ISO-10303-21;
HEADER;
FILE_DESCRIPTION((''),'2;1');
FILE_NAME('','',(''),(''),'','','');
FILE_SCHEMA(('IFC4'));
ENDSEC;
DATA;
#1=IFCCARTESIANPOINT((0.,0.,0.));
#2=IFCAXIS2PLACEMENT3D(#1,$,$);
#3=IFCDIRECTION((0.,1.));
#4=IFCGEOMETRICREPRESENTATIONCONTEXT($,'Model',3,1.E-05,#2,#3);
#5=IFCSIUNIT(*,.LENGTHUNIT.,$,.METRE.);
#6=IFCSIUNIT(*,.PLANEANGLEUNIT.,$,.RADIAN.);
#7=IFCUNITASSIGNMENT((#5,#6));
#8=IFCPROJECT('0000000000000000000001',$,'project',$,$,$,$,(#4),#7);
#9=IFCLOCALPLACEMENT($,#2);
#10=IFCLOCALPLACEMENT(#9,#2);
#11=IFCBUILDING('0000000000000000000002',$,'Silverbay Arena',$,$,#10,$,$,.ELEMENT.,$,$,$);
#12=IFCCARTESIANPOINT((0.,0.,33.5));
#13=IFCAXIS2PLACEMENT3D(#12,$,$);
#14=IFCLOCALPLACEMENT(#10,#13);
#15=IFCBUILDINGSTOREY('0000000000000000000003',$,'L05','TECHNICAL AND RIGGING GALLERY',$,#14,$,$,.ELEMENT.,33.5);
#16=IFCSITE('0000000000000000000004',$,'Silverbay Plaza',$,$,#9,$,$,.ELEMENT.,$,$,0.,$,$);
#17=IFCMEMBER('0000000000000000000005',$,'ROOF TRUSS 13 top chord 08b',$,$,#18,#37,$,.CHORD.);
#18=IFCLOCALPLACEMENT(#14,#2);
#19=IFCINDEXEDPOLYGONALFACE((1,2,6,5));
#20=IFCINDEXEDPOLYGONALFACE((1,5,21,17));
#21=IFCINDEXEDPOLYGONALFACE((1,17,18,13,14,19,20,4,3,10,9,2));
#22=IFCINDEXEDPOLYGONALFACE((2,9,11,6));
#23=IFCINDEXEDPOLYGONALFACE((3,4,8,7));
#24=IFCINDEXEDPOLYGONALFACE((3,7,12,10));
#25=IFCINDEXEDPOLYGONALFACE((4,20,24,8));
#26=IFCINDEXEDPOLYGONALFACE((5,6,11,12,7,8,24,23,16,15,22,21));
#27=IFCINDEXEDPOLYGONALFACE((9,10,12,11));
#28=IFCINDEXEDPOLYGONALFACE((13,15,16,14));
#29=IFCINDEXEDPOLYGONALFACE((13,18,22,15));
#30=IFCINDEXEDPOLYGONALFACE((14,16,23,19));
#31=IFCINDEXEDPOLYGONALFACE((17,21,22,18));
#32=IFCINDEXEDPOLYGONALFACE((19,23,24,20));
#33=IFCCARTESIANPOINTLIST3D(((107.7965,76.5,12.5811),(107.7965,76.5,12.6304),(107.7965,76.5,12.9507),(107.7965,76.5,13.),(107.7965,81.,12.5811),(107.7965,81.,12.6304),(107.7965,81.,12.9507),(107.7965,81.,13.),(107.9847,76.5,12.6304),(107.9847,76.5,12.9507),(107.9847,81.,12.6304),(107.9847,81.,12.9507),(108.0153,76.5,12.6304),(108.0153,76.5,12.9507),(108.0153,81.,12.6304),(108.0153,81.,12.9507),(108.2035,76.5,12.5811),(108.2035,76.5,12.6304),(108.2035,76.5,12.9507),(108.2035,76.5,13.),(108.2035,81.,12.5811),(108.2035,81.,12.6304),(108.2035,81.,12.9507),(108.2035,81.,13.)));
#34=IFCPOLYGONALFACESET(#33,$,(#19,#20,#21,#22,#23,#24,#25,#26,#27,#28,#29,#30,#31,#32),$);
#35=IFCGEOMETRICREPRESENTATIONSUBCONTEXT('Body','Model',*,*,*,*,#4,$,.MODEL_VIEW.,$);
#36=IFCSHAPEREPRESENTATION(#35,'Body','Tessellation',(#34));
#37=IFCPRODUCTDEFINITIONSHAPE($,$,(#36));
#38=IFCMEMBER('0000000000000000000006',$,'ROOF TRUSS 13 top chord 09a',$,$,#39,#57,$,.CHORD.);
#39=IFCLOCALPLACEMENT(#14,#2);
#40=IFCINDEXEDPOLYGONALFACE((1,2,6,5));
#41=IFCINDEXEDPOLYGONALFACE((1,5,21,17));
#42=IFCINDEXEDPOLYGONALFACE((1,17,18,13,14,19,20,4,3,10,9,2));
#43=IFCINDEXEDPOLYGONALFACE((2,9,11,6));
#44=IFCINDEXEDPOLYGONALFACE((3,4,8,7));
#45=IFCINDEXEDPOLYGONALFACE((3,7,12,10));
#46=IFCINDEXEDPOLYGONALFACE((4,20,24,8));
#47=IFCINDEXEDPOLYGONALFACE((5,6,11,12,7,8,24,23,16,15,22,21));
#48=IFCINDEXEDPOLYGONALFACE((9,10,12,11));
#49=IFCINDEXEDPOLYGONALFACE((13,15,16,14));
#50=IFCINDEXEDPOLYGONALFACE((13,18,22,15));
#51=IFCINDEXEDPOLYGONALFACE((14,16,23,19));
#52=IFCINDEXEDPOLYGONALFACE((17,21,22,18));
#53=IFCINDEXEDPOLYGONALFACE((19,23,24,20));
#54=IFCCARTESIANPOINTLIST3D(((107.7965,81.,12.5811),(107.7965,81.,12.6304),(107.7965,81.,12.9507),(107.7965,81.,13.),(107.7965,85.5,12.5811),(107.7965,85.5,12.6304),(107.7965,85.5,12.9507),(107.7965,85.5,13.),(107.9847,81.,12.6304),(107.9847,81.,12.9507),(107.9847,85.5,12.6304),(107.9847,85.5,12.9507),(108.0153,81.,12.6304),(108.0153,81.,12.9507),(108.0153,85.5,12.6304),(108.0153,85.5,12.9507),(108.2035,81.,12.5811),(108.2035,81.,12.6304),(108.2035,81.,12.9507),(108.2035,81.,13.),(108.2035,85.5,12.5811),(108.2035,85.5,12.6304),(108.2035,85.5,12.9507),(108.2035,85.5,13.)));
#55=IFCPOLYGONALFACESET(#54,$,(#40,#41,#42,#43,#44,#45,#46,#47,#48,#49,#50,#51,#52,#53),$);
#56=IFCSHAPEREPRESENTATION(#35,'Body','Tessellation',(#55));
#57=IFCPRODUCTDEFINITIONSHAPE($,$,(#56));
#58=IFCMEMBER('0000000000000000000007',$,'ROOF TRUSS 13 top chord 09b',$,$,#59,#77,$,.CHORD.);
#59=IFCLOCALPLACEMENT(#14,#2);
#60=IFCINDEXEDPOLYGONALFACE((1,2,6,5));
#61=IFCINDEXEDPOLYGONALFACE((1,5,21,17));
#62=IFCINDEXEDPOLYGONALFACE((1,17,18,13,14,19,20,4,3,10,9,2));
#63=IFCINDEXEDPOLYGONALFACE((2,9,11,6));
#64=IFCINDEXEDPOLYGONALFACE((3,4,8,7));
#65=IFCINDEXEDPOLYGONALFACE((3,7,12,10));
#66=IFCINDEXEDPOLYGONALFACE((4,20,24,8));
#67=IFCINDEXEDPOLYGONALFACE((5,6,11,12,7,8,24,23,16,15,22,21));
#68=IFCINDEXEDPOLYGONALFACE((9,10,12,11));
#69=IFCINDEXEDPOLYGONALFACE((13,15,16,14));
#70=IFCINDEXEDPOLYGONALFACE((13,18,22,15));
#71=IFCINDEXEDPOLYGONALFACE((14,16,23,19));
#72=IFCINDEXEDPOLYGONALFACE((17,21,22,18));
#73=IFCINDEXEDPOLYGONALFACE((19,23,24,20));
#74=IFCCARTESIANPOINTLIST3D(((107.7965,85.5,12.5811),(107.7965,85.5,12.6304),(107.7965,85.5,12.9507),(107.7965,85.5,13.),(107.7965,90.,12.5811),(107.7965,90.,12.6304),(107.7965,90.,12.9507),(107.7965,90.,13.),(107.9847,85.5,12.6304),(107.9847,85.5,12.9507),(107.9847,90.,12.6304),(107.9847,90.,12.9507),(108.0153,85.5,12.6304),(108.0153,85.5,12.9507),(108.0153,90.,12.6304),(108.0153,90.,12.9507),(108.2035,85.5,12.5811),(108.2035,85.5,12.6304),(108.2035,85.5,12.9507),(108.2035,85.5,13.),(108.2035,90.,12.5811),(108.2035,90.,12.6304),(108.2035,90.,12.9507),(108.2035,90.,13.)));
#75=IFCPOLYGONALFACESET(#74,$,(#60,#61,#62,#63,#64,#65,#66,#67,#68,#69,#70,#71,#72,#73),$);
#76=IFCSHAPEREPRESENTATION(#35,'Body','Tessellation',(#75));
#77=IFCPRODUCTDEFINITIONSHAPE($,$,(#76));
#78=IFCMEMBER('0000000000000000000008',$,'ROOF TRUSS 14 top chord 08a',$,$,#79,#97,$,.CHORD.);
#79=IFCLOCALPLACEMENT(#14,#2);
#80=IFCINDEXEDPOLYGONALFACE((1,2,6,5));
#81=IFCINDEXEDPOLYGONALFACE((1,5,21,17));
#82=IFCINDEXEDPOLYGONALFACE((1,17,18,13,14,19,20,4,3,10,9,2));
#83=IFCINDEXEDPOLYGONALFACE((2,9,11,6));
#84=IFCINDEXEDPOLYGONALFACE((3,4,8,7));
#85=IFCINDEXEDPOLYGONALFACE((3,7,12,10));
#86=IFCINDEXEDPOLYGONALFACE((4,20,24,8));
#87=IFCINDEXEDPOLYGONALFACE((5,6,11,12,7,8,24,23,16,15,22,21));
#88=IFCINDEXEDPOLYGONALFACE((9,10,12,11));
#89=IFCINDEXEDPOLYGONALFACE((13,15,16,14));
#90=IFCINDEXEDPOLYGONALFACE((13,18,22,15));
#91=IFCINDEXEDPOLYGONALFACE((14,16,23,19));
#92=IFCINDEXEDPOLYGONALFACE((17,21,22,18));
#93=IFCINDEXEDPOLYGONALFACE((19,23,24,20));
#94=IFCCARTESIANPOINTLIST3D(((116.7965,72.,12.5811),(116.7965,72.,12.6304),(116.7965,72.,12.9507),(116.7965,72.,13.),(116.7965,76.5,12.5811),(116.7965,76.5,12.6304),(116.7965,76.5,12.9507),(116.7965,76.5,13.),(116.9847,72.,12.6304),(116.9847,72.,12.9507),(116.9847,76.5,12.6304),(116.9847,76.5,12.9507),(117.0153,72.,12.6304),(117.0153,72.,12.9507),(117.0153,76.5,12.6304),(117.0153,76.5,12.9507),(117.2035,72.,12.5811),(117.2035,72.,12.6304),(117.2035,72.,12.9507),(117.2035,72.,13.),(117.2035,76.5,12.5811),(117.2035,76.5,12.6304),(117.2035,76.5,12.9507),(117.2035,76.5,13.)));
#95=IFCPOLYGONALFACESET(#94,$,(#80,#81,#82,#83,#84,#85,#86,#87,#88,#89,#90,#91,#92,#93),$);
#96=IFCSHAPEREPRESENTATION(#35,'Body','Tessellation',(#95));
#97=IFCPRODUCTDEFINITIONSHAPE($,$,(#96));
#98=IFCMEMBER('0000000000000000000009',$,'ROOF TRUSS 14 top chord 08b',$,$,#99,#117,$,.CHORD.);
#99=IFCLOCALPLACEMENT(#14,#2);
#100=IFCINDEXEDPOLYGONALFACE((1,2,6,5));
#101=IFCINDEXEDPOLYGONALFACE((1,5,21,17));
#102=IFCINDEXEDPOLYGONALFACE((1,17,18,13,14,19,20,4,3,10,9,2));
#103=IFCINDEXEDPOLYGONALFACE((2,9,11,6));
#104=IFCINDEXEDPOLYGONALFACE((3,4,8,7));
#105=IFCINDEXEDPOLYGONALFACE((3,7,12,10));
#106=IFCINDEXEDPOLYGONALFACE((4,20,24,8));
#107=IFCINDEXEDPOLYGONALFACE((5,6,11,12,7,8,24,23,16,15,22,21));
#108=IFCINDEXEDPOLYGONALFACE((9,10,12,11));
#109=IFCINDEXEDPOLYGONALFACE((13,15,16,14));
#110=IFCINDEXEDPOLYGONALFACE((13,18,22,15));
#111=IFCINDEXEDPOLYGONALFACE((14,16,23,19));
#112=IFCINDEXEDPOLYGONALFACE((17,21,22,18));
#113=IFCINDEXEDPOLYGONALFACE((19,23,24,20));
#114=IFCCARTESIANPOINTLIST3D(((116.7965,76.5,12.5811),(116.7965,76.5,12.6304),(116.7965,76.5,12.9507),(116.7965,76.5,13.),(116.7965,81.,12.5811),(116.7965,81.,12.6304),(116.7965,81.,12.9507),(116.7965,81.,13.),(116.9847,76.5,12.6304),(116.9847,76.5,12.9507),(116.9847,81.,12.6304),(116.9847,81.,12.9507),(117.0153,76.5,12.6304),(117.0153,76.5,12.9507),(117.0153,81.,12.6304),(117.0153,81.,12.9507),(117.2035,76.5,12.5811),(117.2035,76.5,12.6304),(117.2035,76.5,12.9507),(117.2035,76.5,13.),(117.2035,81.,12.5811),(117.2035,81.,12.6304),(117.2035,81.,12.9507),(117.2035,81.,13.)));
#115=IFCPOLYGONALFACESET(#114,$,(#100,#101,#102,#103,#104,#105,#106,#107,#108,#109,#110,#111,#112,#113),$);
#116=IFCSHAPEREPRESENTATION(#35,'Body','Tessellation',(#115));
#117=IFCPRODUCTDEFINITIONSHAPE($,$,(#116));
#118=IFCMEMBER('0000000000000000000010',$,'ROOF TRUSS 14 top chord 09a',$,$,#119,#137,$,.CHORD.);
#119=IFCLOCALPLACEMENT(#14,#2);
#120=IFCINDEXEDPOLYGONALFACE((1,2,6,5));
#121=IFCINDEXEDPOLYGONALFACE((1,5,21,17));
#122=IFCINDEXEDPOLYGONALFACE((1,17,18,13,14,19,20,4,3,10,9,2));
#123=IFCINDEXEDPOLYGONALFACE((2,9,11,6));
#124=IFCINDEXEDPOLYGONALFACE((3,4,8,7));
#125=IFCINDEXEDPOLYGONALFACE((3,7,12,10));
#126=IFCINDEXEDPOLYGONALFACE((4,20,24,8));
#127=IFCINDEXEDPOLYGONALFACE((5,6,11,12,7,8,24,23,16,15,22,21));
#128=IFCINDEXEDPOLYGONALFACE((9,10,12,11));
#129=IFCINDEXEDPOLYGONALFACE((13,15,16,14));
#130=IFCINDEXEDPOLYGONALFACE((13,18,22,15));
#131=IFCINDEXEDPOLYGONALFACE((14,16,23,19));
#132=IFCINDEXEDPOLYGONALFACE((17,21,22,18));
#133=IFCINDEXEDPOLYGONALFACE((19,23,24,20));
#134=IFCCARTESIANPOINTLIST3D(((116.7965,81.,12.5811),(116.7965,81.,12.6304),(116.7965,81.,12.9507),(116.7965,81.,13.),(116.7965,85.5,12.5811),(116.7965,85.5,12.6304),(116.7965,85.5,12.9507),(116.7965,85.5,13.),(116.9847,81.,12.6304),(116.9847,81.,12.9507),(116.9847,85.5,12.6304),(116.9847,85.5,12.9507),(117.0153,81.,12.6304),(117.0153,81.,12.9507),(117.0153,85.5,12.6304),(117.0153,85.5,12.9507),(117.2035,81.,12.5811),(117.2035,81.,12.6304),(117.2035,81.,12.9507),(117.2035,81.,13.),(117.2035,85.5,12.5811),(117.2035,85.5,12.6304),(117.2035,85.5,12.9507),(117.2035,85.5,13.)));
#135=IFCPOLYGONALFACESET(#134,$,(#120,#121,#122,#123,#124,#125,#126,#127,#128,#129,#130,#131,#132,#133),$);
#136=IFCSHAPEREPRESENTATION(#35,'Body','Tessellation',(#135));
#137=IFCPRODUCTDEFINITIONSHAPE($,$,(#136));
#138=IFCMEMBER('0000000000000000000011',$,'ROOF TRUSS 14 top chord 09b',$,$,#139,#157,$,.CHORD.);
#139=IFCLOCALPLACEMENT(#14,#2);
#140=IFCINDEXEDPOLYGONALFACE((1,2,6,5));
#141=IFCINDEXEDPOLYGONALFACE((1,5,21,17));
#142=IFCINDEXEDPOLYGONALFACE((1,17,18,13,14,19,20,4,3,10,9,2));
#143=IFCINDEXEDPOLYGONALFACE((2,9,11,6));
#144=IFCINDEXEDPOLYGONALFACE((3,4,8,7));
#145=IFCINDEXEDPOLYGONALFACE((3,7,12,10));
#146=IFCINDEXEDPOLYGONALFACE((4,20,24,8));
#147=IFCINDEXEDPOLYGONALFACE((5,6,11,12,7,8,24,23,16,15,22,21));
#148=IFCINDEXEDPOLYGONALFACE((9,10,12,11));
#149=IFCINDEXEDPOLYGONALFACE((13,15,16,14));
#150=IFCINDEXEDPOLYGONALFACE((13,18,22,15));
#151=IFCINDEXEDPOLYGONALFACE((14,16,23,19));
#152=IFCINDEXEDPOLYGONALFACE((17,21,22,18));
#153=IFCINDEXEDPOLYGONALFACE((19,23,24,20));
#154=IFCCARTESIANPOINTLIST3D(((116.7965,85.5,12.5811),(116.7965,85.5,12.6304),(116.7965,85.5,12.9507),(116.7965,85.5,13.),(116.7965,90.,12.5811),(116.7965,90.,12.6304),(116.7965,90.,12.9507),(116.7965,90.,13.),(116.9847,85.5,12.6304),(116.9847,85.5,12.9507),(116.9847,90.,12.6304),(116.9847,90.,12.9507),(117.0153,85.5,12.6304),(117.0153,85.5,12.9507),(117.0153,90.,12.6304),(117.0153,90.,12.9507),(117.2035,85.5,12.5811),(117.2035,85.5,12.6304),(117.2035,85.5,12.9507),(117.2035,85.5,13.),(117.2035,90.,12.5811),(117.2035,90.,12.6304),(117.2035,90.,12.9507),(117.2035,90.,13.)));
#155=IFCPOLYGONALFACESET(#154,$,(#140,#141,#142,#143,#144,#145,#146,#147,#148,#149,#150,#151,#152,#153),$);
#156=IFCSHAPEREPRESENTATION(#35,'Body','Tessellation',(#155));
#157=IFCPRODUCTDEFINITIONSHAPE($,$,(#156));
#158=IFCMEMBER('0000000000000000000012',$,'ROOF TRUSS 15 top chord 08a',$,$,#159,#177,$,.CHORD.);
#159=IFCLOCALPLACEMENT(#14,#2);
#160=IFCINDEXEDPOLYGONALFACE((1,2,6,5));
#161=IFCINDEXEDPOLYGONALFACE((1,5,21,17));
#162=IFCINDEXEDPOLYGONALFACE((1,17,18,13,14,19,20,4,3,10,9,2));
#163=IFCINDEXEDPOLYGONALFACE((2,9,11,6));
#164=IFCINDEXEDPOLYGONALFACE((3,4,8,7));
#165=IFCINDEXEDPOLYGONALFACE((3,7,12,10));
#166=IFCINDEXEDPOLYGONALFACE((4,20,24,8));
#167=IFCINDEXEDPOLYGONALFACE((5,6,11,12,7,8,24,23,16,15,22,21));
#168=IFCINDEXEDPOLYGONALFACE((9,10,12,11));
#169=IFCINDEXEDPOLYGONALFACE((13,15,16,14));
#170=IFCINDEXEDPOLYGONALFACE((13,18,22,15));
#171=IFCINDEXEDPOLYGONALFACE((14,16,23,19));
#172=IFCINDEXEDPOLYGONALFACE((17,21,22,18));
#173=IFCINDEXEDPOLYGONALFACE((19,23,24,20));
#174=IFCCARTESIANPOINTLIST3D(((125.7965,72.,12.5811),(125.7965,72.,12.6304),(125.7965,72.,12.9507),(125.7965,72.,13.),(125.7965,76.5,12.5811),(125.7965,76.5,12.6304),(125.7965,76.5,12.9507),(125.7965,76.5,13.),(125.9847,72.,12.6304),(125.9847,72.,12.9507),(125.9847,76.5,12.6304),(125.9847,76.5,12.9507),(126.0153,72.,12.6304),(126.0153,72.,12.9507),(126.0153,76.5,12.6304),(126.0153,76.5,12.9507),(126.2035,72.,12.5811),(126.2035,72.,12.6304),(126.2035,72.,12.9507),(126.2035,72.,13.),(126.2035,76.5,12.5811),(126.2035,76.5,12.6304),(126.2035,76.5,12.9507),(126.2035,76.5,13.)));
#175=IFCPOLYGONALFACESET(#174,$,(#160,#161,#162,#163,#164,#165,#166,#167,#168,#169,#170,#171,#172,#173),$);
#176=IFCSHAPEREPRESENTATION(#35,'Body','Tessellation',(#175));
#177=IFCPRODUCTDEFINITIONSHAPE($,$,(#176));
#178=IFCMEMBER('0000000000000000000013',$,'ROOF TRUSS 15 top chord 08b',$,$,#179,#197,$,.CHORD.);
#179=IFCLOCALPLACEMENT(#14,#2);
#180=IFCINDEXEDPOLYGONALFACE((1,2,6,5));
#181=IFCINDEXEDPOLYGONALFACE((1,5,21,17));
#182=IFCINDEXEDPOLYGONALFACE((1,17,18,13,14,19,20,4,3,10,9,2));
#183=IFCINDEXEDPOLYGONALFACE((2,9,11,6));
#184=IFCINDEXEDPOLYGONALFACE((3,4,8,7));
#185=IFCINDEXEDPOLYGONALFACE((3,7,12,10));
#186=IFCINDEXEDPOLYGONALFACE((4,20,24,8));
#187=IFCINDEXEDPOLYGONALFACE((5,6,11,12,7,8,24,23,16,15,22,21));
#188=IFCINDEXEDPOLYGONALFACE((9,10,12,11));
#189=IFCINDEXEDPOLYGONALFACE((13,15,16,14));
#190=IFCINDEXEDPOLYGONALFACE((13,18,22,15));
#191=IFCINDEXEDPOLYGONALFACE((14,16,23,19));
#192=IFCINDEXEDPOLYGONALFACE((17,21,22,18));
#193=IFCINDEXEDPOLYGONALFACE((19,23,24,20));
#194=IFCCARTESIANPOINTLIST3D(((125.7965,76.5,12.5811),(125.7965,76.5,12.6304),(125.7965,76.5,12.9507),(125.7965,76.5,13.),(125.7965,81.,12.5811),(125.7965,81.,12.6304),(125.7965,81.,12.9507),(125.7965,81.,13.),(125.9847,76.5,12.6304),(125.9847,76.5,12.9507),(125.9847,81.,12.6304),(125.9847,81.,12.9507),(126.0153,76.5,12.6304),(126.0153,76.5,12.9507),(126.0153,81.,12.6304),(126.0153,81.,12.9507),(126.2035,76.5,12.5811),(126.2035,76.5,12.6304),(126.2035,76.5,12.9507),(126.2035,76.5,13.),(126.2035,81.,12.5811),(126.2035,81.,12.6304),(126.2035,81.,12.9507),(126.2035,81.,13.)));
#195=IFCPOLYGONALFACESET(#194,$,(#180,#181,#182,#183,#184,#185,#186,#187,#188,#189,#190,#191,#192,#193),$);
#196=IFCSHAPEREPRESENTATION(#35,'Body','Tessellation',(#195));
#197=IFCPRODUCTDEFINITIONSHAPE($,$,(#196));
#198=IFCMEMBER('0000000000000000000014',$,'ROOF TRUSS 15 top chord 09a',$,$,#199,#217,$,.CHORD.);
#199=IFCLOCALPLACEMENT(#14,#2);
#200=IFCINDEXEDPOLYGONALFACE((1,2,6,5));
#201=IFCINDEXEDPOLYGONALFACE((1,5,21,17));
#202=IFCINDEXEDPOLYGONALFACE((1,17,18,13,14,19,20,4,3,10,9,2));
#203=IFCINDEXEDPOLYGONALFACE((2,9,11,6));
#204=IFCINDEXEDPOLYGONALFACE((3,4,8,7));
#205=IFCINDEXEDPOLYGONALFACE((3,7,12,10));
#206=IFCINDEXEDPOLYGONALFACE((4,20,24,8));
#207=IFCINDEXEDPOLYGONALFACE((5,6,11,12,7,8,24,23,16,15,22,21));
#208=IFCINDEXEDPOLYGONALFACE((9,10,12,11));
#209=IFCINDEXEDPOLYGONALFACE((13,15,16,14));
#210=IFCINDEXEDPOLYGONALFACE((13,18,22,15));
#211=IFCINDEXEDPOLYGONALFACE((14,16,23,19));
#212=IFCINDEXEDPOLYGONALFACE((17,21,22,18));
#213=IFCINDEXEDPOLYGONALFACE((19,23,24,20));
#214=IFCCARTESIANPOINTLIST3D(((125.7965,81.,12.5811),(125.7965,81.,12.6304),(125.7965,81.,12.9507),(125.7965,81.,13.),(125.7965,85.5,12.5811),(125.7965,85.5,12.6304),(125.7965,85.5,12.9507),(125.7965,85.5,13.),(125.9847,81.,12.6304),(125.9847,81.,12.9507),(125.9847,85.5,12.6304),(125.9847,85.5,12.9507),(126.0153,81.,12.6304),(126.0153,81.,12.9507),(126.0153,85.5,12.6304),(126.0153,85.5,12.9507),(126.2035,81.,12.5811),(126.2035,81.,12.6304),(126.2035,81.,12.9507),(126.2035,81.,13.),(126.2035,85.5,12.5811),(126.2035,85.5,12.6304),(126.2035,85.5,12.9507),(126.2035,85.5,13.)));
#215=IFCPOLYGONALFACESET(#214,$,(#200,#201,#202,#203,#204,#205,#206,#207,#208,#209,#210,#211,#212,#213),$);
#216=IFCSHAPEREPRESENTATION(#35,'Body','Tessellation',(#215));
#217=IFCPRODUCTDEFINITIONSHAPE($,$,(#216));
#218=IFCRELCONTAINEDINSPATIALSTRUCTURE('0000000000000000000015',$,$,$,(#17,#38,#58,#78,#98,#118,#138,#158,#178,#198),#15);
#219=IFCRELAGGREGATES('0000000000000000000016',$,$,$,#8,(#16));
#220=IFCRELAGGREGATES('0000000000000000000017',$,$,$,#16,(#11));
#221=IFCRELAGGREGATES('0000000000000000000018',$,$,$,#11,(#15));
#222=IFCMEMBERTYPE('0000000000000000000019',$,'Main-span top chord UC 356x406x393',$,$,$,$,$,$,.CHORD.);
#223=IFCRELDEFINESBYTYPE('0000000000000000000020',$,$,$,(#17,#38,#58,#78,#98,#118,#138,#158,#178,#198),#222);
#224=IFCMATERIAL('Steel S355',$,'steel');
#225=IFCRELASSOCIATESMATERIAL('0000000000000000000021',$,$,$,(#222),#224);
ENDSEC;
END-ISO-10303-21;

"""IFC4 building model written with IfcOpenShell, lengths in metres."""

from ifc_helpers import new_model, si_unit, direction, frame, origin, origin_2d, place, context, subcontext, project, spatial, i_section, extrude, material, material_profile, profile_set, type_object, element, save


model = new_model("IFC4")

# Units and contexts
model_context = context("Model", 3, precision=1e-05, world=origin(), true_north=direction((0.0, 1.0)))
body_context = subcontext(model_context, "Body", "Model", "MODEL_VIEW")
ifc_project = project(units=[si_unit("LENGTHUNIT", "METRE"), si_unit("PLANEANGLEUNIT", "RADIAN")], contexts=[model_context])

# Site, building, storey
site_placement = place(None, origin())
site = spatial("IfcSite", under=ifc_project, at=site_placement, Name="Silverbay Plaza", CompositionType="ELEMENT", RefElevation=0.0)
building_placement = place(site_placement, origin())
building = spatial("IfcBuilding", under=site, at=building_placement, Name="Silverbay Arena", CompositionType="ELEMENT")
storey_placement = place(building_placement, frame((0.0, 0.0, 33.5)))
storey = spatial("IfcBuildingStorey", under=building, at=storey_placement, Name="L05", Description="TECHNICAL AND RIGGING GALLERY", CompositionType="ELEMENT", Elevation=33.5)

# Members
ifc_material_1 = material(Name="Steel S355", Category="steel")
ifc_material_profile_1 = material_profile(ifc_material_1, i_section(OverallWidth=0.407, OverallDepth=0.4189, WebThickness=0.0305, FlangeThickness=0.0493, at=origin_2d()), Name="UC 356x406x393")
ifc_profile_set_1 = profile_set([ifc_material_profile_1], Name="Steel S355")
member_type_1 = type_object("IfcMemberType", Name="Main-span top chord UC 356x406x393", PredefinedType="CHORD", material=ifc_profile_set_1)
for number, where, z_axis, x_axis, name in (
    (1, (108.0, 76.5, 12.7905), (0.0, 1.0, 0.0), (-1.0, 0.0, 0.0), "ROOF TRUSS 13 top chord 08b"),
    (2, (108.0, 81.0, 12.7905), (0.0, 1.0, 0.0), (-1.0, 0.0, 0.0), "ROOF TRUSS 13 top chord 09a"),
    (3, (108.0, 85.5, 12.7905), (0.0, 1.0, 0.0), (-1.0, 0.0, 0.0), "ROOF TRUSS 13 top chord 09b"),
    (4, (117.0, 72.0, 12.7905), (0.0, 1.0, 0.0), (-1.0, 0.0, 0.0), "ROOF TRUSS 14 top chord 08a"),
    (5, (117.0, 76.5, 12.7905), (0.0, 1.0, 0.0), (-1.0, 0.0, 0.0), "ROOF TRUSS 14 top chord 08b"),
    (6, (117.0, 81.0, 12.7905), (0.0, 1.0, 0.0), (-1.0, 0.0, 0.0), "ROOF TRUSS 14 top chord 09a"),
    (7, (117.0, 85.5, 12.7905), (0.0, 1.0, 0.0), (-1.0, 0.0, 0.0), "ROOF TRUSS 14 top chord 09b"),
    (8, (126.0, 72.0, 12.7905), (0.0, 1.0, 0.0), (-1.0, 0.0, 0.0), "ROOF TRUSS 15 top chord 08a"),
    (9, (126.0, 76.5, 12.7905), (0.0, 1.0, 0.0), (-1.0, 0.0, 0.0), "ROOF TRUSS 15 top chord 08b"),
    (10, (126.0, 81.0, 12.7905), (0.0, 1.0, 0.0), (-1.0, 0.0, 0.0), "ROOF TRUSS 15 top chord 09a"),
):
    element("IfcMember", number, at=place(storey_placement, frame(where, z_axis=z_axis, x_axis=x_axis)), inside=storey, type_object=member_type_1, Name=name, PredefinedType="CHORD", context=body_context, shape_type="SweptSolid", body=[
        extrude(i_section(OverallWidth=0.407, OverallDepth=0.4189, WebThickness=0.0305, FlangeThickness=0.0493, at=origin_2d()), origin(), (0.0, 0.0, 1.0), 4.5),
    ])

save(model, "model.ifc")
